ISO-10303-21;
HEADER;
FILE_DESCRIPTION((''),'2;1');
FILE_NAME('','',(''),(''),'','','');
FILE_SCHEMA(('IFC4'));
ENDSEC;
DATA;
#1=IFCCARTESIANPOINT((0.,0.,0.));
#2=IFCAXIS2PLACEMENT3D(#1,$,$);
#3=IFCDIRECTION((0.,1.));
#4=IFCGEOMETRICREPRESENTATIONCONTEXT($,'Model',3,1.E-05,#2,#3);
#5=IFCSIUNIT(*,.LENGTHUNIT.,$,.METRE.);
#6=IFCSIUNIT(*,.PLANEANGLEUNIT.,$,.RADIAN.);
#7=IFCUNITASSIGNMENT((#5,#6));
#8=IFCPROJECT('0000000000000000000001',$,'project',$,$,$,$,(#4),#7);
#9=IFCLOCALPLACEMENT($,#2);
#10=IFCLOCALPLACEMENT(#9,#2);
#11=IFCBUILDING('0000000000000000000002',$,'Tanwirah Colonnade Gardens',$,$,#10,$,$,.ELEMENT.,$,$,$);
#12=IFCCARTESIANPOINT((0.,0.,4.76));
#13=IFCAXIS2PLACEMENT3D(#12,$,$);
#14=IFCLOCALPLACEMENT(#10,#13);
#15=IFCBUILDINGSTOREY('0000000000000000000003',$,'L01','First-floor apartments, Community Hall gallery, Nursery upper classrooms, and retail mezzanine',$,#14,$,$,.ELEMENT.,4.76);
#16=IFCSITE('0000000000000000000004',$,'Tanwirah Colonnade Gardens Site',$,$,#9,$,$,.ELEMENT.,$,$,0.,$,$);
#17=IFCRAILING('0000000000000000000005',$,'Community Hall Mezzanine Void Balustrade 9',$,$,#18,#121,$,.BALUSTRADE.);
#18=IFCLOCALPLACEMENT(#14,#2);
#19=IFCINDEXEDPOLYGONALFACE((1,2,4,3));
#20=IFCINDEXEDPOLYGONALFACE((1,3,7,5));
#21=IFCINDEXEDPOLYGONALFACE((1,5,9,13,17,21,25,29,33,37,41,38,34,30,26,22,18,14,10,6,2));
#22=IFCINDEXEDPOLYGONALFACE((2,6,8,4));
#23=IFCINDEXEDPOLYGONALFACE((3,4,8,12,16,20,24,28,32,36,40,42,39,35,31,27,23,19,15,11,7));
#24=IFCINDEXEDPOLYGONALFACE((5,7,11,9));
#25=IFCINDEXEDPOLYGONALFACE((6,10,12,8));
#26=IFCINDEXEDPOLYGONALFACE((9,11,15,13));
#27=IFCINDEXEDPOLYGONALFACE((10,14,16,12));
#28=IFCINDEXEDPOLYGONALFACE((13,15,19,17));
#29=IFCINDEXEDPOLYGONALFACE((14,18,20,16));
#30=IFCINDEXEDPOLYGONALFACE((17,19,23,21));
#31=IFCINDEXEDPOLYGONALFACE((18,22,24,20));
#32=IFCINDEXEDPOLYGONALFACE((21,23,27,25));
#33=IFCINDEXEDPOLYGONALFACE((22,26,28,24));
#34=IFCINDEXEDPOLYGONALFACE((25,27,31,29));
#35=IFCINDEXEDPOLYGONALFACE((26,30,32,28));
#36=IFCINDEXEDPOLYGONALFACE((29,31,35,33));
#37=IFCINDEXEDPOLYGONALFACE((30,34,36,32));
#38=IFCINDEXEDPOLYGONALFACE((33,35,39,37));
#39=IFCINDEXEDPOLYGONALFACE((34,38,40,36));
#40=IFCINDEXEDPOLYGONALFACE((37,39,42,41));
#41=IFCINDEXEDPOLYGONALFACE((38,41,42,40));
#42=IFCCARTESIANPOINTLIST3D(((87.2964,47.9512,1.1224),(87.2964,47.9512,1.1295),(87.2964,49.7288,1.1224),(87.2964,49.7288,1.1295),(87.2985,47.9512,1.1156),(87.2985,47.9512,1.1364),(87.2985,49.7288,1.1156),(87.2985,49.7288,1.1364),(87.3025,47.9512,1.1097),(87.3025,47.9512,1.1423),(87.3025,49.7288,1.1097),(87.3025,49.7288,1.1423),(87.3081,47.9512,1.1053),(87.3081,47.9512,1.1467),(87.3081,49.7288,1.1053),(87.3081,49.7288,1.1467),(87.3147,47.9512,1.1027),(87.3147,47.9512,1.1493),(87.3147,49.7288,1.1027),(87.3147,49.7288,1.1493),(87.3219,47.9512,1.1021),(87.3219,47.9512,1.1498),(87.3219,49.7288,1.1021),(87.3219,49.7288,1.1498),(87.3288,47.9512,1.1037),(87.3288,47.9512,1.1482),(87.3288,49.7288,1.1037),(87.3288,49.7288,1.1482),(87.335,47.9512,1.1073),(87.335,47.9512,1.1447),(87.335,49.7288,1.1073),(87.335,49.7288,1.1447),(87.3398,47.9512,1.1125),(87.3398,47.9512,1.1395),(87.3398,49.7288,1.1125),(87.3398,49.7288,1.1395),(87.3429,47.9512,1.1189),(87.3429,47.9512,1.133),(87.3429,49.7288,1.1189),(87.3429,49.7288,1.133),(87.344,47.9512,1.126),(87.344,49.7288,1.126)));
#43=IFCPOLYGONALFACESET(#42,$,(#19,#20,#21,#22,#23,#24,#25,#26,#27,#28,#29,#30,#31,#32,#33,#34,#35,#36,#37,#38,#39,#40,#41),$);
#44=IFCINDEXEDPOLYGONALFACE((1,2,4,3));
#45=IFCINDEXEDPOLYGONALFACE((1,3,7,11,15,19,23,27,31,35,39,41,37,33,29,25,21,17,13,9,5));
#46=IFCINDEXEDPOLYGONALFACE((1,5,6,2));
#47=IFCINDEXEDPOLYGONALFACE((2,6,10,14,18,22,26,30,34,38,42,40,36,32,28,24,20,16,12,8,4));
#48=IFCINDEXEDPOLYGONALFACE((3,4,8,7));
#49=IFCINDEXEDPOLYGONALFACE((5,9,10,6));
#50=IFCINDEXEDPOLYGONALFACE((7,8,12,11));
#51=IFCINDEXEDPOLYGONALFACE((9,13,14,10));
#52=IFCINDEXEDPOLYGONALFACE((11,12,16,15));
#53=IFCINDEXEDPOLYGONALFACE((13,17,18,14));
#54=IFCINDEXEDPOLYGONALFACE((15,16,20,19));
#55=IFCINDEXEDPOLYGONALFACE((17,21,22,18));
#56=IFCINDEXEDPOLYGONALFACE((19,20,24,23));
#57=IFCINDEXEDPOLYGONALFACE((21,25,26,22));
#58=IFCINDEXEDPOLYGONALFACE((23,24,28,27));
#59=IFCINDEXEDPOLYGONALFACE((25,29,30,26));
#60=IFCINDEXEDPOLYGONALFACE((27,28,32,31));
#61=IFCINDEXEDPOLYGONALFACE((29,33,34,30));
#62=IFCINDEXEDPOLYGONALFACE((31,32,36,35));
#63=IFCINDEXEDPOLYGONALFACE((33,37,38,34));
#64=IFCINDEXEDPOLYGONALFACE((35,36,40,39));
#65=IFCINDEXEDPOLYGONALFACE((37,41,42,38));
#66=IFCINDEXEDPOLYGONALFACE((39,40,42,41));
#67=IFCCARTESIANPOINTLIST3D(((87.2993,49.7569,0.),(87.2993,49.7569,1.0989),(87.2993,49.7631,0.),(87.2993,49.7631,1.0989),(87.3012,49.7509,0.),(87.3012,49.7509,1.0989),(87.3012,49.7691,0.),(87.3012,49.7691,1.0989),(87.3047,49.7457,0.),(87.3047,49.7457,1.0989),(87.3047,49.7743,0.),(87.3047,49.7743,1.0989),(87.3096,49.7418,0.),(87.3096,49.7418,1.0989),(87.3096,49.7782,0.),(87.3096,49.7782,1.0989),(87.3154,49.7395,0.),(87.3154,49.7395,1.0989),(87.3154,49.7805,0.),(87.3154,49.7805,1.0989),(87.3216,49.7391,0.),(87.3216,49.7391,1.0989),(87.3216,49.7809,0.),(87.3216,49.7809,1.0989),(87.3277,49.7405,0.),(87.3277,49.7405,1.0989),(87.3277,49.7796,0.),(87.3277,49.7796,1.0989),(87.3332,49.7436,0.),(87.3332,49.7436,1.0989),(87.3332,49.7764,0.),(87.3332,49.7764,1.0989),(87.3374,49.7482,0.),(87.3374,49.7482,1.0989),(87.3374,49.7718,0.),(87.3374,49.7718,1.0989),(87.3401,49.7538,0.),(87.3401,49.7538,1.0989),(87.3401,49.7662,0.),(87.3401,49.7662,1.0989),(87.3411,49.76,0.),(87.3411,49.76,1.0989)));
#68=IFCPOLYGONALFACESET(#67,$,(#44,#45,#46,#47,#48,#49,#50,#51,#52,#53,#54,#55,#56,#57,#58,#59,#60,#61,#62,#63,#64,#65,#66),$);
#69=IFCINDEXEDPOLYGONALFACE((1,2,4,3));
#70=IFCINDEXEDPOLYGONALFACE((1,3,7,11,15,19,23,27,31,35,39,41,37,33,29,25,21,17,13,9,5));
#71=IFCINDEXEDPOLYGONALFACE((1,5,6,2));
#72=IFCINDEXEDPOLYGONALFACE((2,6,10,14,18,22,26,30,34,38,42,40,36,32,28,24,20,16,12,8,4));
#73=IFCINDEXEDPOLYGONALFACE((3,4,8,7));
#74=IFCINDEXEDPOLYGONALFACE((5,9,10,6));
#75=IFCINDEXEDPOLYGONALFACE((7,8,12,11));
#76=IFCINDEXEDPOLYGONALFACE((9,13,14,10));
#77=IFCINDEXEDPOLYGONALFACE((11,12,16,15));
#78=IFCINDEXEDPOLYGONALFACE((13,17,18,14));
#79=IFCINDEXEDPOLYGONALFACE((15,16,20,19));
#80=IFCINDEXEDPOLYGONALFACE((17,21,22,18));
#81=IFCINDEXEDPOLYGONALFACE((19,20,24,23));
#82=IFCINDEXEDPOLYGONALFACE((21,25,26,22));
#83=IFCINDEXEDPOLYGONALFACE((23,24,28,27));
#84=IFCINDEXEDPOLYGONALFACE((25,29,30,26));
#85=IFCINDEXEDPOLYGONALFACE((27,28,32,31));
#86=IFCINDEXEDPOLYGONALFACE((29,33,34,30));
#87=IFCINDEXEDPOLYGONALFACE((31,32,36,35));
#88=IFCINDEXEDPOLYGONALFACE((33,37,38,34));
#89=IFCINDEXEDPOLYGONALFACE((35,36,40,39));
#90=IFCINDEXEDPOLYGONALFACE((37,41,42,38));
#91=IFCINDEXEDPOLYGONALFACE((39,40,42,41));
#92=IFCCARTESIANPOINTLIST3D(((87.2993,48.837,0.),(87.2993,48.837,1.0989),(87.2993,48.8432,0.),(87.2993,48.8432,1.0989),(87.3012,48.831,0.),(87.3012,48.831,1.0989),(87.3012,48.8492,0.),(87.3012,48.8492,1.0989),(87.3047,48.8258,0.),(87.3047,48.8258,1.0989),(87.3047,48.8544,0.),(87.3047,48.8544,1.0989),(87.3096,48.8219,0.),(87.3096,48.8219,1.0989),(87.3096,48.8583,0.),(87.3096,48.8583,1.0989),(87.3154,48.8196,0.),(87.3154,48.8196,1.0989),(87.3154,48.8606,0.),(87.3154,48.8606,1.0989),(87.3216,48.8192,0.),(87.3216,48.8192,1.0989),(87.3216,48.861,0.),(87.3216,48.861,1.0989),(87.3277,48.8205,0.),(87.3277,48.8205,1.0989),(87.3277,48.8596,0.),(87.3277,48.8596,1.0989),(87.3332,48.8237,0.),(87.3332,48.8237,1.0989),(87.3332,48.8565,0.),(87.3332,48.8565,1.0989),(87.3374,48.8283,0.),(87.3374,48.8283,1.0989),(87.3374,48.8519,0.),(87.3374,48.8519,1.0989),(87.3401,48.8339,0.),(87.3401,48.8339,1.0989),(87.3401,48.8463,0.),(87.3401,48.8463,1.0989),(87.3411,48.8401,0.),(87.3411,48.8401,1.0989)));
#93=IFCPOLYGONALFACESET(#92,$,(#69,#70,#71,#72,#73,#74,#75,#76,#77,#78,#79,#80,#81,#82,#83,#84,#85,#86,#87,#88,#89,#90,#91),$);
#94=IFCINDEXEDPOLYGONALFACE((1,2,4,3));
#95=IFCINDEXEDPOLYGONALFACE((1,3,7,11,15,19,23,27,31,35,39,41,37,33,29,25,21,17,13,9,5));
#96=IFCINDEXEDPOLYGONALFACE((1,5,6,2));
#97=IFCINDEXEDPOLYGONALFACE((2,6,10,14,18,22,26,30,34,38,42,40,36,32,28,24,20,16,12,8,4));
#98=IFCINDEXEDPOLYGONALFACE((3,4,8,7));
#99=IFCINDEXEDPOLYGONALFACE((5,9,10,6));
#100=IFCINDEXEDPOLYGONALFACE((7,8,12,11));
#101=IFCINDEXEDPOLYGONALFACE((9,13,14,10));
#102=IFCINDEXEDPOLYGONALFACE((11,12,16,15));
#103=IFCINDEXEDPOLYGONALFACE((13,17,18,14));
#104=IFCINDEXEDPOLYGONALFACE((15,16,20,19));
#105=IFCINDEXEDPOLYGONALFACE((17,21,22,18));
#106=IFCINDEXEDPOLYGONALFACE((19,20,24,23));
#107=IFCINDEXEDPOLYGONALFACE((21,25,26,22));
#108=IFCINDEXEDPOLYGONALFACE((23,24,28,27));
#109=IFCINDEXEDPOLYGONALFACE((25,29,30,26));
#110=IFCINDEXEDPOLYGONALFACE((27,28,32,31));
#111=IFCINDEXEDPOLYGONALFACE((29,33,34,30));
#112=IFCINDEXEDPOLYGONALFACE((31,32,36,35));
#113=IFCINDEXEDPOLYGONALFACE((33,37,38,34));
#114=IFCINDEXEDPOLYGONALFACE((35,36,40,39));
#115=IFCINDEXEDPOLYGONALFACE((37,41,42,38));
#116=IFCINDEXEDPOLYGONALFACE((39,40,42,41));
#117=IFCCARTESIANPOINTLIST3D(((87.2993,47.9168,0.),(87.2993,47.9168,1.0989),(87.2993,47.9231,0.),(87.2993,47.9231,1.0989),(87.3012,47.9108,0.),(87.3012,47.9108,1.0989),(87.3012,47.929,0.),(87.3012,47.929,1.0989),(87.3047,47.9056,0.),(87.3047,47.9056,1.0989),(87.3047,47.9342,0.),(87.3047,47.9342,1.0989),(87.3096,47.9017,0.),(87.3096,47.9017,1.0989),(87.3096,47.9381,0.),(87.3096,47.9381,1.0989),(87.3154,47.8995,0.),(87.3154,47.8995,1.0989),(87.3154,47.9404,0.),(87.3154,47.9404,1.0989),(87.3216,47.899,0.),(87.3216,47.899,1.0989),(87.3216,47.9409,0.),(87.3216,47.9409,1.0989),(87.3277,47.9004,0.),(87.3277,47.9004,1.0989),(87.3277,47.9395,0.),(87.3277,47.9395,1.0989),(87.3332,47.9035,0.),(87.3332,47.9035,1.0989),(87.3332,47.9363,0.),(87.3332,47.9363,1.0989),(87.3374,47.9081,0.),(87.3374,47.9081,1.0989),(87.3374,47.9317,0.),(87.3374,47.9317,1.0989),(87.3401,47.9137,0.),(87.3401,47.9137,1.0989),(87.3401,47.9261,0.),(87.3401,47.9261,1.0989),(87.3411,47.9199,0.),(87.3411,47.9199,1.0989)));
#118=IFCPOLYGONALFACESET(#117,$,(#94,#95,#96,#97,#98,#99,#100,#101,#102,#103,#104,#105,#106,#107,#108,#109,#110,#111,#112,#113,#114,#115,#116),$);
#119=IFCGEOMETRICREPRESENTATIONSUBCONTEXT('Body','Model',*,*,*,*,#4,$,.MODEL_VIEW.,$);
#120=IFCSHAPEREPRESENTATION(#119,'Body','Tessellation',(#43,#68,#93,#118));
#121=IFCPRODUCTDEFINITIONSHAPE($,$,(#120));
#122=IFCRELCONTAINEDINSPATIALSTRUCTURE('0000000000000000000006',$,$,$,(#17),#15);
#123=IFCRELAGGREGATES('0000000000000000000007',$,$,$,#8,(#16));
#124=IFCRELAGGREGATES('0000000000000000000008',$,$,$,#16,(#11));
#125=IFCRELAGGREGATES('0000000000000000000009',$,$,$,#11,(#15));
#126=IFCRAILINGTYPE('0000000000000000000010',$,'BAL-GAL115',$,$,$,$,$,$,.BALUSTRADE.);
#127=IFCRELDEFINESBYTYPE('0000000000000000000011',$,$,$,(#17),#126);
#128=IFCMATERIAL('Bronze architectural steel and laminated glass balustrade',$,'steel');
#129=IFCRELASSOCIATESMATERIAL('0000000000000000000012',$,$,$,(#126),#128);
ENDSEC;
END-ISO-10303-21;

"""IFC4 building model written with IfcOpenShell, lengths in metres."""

from ifc_helpers import new_model, si_unit, direction, frame, origin, origin_2d, place, context, subcontext, project, spatial, circle, extrude, material, type_object, element, save


model = new_model("IFC4")

# Units and contexts
model_context = context("Model", 3, precision=1e-05, world=origin(), true_north=direction((0.0, 1.0)))
body_context = subcontext(model_context, "Body", "Model", "MODEL_VIEW")
ifc_project = project(units=[si_unit("LENGTHUNIT", "METRE"), si_unit("PLANEANGLEUNIT", "RADIAN")], contexts=[model_context])

# Site, building, storey
site_placement = place(None, origin())
site = spatial("IfcSite", under=ifc_project, at=site_placement, Name="Tanwirah Colonnade Gardens Site", CompositionType="ELEMENT", RefElevation=0.0)
building_placement = place(site_placement, origin())
building = spatial("IfcBuilding", under=site, at=building_placement, Name="Tanwirah Colonnade Gardens", CompositionType="ELEMENT")
storey_placement = place(building_placement, frame((0.0, 0.0, 4.76)))
storey = spatial("IfcBuildingStorey", under=building, at=storey_placement, Name="L01", Description="First-floor apartments, Community Hall gallery, Nursery upper classrooms, and retail mezzanine", CompositionType="ELEMENT", Elevation=4.76)

# Railing
ifc_material_1 = material(Name="Bronze architectural steel and laminated glass balustrade", Category="steel")
railing_type = type_object("IfcRailingType", Name="BAL-GAL115", PredefinedType="BALUSTRADE", material=ifc_material_1)
railing_1_placement = place(storey_placement, frame((87.3201, 49.76, 0.0)))
element("IfcRailing", 1, at=railing_1_placement, inside=storey, type_object=railing_type, Name="Community Hall Mezzanine Void Balustrade 9", PredefinedType="BALUSTRADE", context=body_context, shape_type="SweptSolid", body=[
    extrude(circle(Radius=0.0239, at=origin_2d()), frame((0.0, -0.0312, 1.126), z_axis=(0.0, -1.0, 0.0), x_axis=(1.0, 0.0, 0.0)), (0.0, 0.0, 1.0), 1.7776),
    extrude(circle(Radius=0.021, at=origin_2d()), origin(), (0.0, 0.0, 1.0), 1.0989),
    extrude(circle(Radius=0.021, at=origin_2d()), frame((0.0, -0.9199, 0.0)), (0.0, 0.0, 1.0), 1.0989),
    extrude(circle(Radius=0.021, at=origin_2d()), frame((0.0, -1.8401, 0.0)), (0.0, 0.0, 1.0), 1.0989),
])

save(model, "model.ifc")
